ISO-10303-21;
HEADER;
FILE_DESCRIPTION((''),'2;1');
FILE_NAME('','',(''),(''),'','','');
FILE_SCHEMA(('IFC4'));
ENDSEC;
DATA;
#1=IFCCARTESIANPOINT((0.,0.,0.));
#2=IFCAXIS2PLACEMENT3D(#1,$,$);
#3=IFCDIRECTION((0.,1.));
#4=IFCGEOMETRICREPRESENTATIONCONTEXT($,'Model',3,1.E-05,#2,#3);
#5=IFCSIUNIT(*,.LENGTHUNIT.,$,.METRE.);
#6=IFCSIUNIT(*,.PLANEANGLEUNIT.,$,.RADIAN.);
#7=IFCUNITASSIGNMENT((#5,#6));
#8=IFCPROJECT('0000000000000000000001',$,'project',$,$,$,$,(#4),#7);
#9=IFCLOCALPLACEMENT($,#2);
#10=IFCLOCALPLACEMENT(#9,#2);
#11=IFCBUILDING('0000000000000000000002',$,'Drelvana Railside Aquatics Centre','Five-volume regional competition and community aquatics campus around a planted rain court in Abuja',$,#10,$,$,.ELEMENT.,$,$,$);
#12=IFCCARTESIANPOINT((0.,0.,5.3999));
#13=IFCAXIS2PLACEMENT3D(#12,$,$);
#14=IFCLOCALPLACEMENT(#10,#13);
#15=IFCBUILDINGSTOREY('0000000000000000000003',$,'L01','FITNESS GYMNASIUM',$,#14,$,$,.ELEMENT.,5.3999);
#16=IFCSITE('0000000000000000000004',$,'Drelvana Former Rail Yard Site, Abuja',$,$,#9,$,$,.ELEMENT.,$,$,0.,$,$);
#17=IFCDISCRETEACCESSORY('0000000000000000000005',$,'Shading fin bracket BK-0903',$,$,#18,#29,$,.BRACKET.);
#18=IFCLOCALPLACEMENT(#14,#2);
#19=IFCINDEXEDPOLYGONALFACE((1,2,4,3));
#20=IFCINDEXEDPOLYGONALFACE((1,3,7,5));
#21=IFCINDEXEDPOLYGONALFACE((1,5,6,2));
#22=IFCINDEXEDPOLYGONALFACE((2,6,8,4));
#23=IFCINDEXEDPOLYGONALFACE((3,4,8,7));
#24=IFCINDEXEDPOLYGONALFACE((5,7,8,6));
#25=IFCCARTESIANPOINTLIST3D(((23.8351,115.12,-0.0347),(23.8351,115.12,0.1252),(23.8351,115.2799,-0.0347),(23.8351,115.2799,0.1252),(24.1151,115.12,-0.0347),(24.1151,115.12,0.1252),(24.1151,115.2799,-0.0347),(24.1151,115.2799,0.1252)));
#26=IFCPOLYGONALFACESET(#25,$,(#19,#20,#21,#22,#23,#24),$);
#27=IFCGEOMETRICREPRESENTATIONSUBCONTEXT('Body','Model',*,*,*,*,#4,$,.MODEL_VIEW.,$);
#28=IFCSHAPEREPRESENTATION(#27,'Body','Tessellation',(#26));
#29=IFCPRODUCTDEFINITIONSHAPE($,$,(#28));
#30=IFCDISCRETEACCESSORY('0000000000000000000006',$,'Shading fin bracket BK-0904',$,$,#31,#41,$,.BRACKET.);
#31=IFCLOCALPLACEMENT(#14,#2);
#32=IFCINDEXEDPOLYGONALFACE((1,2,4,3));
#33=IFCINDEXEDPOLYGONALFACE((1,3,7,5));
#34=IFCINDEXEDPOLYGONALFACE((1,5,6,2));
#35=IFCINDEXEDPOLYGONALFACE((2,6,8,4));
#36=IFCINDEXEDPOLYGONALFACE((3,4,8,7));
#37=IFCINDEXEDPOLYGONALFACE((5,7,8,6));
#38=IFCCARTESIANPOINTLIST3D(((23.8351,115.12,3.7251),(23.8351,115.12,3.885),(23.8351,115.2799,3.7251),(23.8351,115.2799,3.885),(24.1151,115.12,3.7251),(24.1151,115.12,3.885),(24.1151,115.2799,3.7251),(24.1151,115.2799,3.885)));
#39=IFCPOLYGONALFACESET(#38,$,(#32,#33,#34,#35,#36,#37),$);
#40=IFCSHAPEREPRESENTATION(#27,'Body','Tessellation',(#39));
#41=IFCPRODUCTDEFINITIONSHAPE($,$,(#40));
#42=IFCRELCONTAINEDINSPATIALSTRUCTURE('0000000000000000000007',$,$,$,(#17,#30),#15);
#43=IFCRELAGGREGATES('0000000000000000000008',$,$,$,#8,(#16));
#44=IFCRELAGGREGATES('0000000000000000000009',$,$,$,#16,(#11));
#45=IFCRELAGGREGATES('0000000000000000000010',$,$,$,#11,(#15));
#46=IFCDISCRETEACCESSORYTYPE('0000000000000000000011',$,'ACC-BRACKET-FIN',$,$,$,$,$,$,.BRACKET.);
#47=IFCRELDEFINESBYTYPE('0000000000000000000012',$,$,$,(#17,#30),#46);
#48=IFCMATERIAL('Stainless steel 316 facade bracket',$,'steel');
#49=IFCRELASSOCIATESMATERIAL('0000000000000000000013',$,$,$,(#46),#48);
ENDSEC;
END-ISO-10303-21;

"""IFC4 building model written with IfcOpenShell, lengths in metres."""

from ifc_helpers import new_model, si_unit, direction, frame, origin, origin_2d, place, context, subcontext, project, spatial, rectangle, extrude, material, type_object, element, save


model = new_model("IFC4")

# Units and contexts
model_context = context("Model", 3, precision=1e-05, world=origin(), true_north=direction((0.0, 1.0)))
body_context = subcontext(model_context, "Body", "Model", "MODEL_VIEW")
ifc_project = project(units=[si_unit("LENGTHUNIT", "METRE"), si_unit("PLANEANGLEUNIT", "RADIAN")], contexts=[model_context])

# Site, building, storey
site_placement = place(None, origin())
site = spatial("IfcSite", under=ifc_project, at=site_placement, Name="Drelvana Former Rail Yard Site, Abuja", CompositionType="ELEMENT", RefElevation=0.0)
building_placement = place(site_placement, origin())
building = spatial("IfcBuilding", under=site, at=building_placement, Name="Drelvana Railside Aquatics Centre", Description="Five-volume regional competition and community aquatics campus around a planted rain court in Abuja", CompositionType="ELEMENT")
storey_placement = place(building_placement, frame((0.0, 0.0, 5.3999)))
storey = spatial("IfcBuildingStorey", under=building, at=storey_placement, Name="L01", Description="FITNESS GYMNASIUM", CompositionType="ELEMENT", Elevation=5.3999)

# Discrete accessories
ifc_material_1 = material(Name="Stainless steel 316 facade bracket", Category="steel")
discrete_accessory_type = type_object("IfcDiscreteAccessoryType", Name="ACC-BRACKET-FIN", PredefinedType="BRACKET", material=ifc_material_1)
for number, where, z_axis, x_axis, name in (
    (1, (23.9751, 115.2, -0.0347), (0.0, 0.0, 1.0), (-1.0, 0.0, 0.0), "Shading fin bracket BK-0903"),
    (2, (23.9751, 115.2, 3.7251), (0.0, 0.0, 1.0), (-1.0, 0.0, 0.0), "Shading fin bracket BK-0904"),
):
    element("IfcDiscreteAccessory", number, at=place(storey_placement, frame(where, z_axis=z_axis, x_axis=x_axis)), inside=storey, type_object=discrete_accessory_type, Name=name, PredefinedType="BRACKET", context=body_context, shape_type="SweptSolid", body=[
        extrude(rectangle(XDim=0.28, YDim=0.1599, at=origin_2d()), origin(), (0.0, 0.0, 1.0), 0.1599),
    ])

save(model, "model.ifc")
